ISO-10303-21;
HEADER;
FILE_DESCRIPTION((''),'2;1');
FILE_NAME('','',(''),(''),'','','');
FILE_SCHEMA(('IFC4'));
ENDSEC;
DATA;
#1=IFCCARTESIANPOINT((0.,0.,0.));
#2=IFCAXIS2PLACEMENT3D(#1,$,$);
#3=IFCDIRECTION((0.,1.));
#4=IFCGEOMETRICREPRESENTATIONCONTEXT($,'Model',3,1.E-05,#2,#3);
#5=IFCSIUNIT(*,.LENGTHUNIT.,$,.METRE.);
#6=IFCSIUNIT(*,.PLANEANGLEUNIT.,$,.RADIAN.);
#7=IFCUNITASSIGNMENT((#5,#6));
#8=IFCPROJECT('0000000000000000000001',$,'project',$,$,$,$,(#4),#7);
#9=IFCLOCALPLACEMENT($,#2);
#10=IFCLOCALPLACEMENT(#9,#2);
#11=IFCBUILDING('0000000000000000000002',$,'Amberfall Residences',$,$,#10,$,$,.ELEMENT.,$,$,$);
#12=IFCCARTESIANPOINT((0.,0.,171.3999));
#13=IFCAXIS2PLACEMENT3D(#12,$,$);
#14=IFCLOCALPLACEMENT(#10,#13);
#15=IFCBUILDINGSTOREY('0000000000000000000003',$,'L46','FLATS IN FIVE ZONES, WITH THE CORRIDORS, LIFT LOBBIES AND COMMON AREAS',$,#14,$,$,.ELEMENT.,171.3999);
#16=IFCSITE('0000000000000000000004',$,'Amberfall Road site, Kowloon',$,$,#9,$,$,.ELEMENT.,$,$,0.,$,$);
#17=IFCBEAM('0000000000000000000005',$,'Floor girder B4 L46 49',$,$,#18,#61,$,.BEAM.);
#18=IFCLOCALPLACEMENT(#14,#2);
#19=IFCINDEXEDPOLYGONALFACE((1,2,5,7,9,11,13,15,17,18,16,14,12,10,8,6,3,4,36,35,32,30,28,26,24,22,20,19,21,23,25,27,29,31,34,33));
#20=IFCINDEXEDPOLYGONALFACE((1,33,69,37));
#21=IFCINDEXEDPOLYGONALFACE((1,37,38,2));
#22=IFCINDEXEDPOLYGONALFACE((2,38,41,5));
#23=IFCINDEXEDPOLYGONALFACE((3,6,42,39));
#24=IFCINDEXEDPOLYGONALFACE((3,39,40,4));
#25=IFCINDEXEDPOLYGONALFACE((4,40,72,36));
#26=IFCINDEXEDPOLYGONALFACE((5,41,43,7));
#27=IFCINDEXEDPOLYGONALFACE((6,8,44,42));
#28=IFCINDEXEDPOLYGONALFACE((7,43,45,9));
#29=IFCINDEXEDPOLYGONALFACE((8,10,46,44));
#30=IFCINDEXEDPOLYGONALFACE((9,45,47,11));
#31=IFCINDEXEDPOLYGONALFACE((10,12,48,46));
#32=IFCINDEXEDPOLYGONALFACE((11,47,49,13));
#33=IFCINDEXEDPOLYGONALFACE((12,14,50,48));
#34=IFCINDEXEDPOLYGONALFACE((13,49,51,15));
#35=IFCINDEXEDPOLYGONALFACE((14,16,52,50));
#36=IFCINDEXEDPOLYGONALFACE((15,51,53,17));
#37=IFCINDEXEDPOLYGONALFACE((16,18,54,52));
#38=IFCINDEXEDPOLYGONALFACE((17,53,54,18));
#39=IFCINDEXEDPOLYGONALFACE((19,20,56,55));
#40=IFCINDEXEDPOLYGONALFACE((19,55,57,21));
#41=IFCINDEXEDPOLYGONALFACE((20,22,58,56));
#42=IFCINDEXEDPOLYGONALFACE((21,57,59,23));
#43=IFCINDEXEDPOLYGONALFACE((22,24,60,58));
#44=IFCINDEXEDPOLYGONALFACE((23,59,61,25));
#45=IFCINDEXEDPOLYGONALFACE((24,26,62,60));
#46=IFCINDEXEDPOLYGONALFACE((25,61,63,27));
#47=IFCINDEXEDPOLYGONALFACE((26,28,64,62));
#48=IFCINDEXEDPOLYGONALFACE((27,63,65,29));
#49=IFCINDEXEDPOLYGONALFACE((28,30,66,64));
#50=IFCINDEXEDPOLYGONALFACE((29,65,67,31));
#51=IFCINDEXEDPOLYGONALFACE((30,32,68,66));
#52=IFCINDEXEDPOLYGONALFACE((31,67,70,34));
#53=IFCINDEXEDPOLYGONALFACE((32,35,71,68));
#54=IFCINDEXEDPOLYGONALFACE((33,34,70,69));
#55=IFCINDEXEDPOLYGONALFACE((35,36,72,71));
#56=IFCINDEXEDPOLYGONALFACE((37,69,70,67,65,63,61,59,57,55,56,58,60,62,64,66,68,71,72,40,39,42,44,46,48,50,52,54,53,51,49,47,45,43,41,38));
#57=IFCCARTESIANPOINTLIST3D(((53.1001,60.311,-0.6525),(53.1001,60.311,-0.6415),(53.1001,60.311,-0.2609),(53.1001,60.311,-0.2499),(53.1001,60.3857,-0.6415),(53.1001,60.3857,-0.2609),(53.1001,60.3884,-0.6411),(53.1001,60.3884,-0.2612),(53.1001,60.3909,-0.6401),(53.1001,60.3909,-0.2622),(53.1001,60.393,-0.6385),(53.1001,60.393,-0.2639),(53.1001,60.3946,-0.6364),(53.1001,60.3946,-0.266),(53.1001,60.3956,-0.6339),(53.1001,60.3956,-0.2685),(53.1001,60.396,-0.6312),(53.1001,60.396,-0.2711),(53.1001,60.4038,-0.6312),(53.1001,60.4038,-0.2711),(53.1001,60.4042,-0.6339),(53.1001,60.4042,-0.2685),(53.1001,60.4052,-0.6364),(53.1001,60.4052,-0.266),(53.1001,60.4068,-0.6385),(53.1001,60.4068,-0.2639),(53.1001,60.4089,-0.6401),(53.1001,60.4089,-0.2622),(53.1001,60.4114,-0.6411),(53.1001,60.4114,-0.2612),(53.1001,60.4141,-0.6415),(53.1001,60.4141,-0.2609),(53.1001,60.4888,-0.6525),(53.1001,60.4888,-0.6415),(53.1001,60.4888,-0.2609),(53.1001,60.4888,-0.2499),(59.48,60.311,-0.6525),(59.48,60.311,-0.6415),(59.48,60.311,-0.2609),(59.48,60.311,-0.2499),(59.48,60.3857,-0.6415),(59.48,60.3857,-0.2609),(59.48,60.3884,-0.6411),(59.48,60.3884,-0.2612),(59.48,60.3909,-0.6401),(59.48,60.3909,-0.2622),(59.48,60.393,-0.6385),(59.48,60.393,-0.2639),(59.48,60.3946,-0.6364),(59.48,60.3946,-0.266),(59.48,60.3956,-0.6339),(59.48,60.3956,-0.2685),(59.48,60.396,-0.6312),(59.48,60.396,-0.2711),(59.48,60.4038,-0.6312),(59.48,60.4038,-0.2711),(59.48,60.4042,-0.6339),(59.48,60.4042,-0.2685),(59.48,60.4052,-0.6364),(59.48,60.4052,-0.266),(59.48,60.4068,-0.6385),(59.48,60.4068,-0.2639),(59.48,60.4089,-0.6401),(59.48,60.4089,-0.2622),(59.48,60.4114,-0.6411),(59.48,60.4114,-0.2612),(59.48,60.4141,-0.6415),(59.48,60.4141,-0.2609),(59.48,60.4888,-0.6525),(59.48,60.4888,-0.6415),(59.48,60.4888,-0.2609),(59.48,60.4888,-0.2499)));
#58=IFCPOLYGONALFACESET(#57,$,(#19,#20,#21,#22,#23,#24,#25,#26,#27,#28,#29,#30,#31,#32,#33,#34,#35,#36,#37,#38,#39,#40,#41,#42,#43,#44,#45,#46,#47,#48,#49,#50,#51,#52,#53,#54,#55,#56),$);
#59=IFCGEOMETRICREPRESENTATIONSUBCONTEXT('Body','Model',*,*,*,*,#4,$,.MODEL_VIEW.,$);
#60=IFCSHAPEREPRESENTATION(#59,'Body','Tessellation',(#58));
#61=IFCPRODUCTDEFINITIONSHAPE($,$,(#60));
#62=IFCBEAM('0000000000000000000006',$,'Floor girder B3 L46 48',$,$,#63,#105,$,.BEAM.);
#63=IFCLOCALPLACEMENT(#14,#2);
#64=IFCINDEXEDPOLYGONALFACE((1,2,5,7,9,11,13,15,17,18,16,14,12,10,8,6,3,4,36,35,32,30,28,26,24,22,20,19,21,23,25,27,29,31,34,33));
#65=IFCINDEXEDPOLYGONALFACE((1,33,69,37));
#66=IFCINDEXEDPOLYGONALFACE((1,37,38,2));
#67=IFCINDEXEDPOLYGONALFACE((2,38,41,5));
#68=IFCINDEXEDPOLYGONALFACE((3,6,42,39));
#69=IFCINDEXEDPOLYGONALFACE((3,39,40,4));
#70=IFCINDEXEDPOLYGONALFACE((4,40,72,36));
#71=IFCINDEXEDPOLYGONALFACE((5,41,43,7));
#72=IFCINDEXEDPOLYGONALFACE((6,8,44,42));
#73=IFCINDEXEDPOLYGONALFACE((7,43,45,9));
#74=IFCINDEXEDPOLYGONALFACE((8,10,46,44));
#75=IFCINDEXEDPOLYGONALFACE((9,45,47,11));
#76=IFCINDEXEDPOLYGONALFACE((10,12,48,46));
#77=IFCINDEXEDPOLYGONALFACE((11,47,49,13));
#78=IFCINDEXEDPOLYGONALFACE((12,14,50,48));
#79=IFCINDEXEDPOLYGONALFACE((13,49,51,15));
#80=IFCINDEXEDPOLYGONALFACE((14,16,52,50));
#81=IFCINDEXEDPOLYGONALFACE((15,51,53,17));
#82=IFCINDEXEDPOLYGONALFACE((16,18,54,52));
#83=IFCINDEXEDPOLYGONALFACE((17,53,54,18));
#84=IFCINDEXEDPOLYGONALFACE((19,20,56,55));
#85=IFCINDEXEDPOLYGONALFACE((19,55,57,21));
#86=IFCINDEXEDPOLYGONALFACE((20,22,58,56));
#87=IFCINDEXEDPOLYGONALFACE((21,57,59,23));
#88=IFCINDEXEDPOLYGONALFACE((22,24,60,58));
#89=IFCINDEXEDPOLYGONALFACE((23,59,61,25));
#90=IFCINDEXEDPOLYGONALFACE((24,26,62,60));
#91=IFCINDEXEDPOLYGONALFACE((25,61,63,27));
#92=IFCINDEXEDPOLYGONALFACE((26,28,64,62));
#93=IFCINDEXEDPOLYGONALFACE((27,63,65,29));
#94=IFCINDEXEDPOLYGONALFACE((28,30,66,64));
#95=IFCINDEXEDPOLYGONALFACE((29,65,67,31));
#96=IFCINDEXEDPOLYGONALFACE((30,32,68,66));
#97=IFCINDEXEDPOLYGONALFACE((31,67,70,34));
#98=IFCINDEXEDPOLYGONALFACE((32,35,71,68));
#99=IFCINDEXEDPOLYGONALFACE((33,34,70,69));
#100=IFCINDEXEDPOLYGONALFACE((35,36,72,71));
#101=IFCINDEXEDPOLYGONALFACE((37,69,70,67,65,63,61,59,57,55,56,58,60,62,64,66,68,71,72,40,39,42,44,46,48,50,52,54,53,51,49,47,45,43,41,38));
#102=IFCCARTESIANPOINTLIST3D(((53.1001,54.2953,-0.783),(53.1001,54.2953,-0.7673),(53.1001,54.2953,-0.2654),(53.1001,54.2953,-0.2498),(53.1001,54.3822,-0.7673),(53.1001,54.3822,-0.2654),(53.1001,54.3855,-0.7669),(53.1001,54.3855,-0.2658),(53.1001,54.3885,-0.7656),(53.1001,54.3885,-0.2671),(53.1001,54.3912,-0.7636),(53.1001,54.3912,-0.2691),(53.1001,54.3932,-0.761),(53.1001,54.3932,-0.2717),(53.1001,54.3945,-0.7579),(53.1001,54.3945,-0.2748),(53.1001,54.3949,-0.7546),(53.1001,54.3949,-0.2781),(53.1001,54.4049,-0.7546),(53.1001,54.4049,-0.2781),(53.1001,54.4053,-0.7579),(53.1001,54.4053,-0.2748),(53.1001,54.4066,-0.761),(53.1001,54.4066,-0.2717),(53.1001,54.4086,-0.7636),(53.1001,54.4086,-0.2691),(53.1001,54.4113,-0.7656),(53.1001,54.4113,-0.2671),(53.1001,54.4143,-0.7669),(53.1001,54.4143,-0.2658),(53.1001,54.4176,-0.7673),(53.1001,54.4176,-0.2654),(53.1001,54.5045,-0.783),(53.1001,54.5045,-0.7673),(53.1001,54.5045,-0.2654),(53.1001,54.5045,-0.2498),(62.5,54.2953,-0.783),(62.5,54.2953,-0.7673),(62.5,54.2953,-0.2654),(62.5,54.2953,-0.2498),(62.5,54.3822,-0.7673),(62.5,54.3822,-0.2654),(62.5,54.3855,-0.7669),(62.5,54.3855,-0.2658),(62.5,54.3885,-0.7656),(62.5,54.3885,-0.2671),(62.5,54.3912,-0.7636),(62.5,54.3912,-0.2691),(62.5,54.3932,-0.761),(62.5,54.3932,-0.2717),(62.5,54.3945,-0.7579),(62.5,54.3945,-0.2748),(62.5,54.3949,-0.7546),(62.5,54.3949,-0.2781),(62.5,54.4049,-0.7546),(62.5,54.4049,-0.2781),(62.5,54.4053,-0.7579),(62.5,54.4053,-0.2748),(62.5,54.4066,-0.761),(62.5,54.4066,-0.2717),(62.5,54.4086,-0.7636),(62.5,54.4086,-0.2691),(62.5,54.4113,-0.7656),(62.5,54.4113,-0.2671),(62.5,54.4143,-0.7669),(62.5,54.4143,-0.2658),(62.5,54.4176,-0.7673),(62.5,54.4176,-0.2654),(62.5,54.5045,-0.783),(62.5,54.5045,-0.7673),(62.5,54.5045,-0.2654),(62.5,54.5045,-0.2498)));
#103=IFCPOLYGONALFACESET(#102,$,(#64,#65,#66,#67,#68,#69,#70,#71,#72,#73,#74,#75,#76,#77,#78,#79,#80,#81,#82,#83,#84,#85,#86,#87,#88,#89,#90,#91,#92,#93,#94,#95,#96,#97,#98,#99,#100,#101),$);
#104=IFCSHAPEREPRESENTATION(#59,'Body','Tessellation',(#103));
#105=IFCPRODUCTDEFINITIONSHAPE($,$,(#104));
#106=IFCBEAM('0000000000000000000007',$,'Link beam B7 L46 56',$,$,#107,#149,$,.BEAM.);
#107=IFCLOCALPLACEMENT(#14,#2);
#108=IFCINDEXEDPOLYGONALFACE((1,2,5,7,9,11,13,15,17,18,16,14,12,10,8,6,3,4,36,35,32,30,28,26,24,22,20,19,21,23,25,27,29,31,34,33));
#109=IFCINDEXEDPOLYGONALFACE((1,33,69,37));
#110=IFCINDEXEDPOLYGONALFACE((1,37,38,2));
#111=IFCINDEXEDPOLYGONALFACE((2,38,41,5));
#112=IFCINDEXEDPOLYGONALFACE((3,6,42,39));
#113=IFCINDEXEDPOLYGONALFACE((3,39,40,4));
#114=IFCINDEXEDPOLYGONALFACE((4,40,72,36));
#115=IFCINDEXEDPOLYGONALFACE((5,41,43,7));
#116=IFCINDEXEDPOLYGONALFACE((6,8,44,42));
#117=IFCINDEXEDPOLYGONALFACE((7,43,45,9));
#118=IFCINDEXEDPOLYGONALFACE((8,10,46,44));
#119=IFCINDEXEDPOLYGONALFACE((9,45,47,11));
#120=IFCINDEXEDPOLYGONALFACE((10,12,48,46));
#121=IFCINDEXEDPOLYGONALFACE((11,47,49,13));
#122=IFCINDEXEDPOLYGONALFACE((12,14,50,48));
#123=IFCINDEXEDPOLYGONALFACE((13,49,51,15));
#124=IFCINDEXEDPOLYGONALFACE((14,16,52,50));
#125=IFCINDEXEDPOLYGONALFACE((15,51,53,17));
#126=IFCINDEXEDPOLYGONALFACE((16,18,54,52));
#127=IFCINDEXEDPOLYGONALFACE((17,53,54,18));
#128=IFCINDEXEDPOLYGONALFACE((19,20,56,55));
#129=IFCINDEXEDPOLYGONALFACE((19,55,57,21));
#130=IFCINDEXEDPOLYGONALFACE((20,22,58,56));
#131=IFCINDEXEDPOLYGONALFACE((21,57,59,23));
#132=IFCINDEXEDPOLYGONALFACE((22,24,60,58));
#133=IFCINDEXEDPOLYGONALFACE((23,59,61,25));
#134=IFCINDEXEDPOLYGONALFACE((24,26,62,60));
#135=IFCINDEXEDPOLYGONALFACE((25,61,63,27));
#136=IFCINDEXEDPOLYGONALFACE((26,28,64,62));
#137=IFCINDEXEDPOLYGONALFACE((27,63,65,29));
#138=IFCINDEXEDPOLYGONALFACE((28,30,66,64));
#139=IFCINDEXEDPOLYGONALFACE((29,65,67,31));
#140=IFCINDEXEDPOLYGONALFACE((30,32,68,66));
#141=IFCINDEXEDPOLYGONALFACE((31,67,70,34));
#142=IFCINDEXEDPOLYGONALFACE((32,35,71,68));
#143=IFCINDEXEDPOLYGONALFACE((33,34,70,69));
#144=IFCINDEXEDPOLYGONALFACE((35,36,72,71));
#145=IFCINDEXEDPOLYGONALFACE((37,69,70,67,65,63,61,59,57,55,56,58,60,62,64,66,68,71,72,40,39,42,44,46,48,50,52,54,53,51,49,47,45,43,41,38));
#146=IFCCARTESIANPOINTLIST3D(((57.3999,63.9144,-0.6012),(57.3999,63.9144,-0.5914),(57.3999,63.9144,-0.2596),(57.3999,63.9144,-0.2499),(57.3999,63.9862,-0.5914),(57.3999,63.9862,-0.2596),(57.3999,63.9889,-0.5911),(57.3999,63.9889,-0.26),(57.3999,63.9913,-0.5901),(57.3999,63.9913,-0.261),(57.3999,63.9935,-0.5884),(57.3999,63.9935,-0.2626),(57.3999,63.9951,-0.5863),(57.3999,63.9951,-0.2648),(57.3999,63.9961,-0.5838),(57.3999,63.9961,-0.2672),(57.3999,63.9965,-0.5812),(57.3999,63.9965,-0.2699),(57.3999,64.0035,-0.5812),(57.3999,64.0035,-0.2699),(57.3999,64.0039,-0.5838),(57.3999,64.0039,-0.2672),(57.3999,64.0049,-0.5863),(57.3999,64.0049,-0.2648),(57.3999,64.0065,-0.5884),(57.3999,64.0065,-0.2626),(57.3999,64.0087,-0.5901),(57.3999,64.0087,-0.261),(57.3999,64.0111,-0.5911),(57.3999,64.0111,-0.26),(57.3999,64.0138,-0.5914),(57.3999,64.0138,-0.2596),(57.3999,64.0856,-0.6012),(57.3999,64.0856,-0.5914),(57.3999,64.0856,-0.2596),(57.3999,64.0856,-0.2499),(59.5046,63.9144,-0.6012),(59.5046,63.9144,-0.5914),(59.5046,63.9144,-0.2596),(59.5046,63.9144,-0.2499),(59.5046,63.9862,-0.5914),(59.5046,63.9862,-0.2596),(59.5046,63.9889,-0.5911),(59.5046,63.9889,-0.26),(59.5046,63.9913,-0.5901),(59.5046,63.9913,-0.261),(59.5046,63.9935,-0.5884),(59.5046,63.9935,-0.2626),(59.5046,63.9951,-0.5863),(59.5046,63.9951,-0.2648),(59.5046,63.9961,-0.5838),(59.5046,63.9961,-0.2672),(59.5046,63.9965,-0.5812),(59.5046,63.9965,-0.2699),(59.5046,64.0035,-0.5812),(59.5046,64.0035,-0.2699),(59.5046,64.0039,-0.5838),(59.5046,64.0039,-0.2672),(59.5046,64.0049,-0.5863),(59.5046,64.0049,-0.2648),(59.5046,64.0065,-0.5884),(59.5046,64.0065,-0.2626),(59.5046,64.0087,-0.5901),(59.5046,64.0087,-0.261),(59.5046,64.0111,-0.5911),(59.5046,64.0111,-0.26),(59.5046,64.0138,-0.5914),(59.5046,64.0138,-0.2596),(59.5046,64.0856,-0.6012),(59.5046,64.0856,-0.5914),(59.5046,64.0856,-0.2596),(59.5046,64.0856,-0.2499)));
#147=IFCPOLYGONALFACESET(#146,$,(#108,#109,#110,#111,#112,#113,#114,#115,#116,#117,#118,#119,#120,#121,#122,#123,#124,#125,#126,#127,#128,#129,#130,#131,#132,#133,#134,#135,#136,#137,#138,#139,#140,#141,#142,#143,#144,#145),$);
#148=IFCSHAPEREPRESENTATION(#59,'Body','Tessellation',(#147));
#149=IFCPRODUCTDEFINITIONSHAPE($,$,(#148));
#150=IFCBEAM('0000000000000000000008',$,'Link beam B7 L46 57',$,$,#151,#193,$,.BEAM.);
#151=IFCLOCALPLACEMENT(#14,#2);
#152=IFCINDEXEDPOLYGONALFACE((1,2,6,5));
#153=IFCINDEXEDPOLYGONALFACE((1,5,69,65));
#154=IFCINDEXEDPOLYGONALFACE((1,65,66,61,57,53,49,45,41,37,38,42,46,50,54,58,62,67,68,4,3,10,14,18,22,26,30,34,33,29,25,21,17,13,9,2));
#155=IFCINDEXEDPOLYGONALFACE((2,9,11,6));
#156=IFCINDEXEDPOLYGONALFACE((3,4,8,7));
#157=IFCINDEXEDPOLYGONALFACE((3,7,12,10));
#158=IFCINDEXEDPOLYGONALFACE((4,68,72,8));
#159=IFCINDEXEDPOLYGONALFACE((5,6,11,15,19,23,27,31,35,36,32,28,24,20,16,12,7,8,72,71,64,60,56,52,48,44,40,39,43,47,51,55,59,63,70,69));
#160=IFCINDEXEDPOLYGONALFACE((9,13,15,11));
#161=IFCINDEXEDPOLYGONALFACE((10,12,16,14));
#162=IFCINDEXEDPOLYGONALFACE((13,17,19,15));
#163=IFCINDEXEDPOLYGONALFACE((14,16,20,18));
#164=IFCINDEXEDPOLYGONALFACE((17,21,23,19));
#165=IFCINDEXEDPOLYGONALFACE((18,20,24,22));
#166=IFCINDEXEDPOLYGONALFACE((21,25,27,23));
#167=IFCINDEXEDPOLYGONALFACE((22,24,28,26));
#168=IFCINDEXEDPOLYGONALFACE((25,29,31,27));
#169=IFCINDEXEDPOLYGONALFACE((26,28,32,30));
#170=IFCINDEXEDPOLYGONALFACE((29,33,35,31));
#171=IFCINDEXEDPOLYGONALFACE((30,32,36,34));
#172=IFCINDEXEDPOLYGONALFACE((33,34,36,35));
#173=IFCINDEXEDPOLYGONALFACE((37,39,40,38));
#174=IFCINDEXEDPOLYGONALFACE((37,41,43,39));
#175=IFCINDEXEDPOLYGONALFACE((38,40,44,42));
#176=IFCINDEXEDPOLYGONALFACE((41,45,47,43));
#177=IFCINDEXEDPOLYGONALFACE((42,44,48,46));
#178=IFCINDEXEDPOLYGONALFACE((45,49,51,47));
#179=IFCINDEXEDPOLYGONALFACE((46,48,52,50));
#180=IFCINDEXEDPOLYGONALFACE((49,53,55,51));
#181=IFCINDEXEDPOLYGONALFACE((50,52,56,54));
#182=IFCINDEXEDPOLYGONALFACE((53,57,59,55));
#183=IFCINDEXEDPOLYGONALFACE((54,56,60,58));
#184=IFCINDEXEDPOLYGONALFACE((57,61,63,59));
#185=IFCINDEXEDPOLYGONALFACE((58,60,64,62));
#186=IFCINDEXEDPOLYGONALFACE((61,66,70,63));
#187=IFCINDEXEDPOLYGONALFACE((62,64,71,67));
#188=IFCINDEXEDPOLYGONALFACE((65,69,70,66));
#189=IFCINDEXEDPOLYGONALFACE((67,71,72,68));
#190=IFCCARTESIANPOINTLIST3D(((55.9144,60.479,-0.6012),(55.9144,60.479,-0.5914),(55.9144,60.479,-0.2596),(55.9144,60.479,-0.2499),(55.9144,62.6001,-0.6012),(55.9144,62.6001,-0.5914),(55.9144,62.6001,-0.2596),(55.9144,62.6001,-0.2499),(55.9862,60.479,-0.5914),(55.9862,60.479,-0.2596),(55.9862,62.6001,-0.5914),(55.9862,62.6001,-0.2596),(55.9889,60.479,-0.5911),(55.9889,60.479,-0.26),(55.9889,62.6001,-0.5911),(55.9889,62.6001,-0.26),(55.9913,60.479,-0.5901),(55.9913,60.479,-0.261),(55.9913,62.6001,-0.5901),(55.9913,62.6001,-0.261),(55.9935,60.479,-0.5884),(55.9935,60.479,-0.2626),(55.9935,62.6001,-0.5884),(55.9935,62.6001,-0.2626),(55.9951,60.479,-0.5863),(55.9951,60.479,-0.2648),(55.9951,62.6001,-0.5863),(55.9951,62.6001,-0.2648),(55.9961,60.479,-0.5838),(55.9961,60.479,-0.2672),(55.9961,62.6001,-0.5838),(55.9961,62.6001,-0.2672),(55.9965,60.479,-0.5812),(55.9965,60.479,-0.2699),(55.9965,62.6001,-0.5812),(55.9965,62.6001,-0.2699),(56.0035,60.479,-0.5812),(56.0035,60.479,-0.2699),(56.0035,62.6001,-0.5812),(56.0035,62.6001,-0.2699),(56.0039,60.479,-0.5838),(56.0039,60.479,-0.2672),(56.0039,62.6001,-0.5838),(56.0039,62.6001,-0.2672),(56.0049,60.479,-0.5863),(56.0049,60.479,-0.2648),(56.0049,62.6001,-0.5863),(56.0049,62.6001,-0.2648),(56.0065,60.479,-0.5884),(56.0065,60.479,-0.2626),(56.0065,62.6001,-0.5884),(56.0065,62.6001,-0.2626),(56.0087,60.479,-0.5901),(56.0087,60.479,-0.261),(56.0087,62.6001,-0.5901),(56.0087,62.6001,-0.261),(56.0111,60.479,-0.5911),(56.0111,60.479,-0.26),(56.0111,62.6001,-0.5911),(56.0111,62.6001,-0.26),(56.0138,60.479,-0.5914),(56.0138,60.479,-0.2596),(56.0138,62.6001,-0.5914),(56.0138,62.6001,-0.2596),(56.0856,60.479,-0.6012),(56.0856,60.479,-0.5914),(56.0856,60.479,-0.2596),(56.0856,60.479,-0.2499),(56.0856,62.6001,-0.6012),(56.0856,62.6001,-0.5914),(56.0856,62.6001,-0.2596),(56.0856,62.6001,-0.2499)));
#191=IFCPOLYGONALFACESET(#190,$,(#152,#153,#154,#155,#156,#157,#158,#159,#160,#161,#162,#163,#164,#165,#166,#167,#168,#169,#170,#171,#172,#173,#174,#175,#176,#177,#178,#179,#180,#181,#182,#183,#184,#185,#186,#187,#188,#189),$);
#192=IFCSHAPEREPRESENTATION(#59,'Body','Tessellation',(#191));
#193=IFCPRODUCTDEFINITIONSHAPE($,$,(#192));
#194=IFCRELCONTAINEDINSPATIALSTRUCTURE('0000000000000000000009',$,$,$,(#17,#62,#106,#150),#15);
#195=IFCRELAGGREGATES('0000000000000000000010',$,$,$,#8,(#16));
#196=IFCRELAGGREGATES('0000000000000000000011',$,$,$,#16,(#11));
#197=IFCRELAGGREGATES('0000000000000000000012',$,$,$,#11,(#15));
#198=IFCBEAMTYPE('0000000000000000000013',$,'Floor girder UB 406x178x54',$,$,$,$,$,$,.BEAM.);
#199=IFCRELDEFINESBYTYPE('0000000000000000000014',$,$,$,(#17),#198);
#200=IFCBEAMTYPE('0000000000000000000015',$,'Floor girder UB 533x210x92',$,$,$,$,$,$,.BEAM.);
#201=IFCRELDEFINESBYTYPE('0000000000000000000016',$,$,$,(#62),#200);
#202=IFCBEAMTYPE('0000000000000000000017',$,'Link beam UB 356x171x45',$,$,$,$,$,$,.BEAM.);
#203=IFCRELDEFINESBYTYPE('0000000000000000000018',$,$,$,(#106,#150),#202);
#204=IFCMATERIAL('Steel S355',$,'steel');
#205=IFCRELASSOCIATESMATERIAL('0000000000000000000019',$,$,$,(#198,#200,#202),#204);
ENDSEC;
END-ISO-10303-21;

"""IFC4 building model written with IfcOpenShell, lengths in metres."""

from ifc_helpers import new_model, si_unit, direction, frame, origin, origin_2d, place, context, subcontext, project, spatial, i_section, extrude, material, material_profile, profile_set, type_object, element, save


model = new_model("IFC4")

# Units and contexts
model_context = context("Model", 3, precision=1e-05, world=origin(), true_north=direction((0.0, 1.0)))
body_context = subcontext(model_context, "Body", "Model", "MODEL_VIEW")
ifc_project = project(units=[si_unit("LENGTHUNIT", "METRE"), si_unit("PLANEANGLEUNIT", "RADIAN")], contexts=[model_context])

# Site, building, storey
site_placement = place(None, origin())
site = spatial("IfcSite", under=ifc_project, at=site_placement, Name="Amberfall Road site, Kowloon", CompositionType="ELEMENT", RefElevation=0.0)
building_placement = place(site_placement, origin())
building = spatial("IfcBuilding", under=site, at=building_placement, Name="Amberfall Residences", CompositionType="ELEMENT")
storey_placement = place(building_placement, frame((0.0, 0.0, 171.3999)))
storey = spatial("IfcBuildingStorey", under=building, at=storey_placement, Name="L46", Description="FLATS IN FIVE ZONES, WITH THE CORRIDORS, LIFT LOBBIES AND COMMON AREAS", CompositionType="ELEMENT", Elevation=171.3999)

# Shared definitions
ifc_material_1 = material(Name="Steel S355", Category="steel")

# Beams
ifc_material_profile_1 = material_profile(ifc_material_1, i_section(OverallWidth=0.1777, OverallDepth=0.4026, WebThickness=0.0078, FlangeThickness=0.011, FilletRadius=0.0103, at=origin_2d()), Name="UB 406x178x54")
ifc_profile_set_1 = profile_set([ifc_material_profile_1], Name="Steel S355")
beam_type_1 = type_object("IfcBeamType", Name="Floor girder UB 406x178x54", PredefinedType="BEAM", material=ifc_profile_set_1)
beam_1_placement = place(storey_placement, frame((53.1001, 60.3999, -0.4512), z_axis=(1.0, 0.0, 0.0), x_axis=(0.0, 1.0, 0.0)))
element("IfcBeam", 1, at=beam_1_placement, inside=storey, type_object=beam_type_1, Name="Floor girder B4 L46 49", PredefinedType="BEAM", context=body_context, shape_type="SweptSolid", body=[
    extrude(i_section(OverallWidth=0.1777, OverallDepth=0.4026, WebThickness=0.0078, FlangeThickness=0.011, FilletRadius=0.0103, at=origin_2d()), origin(), (0.0, 0.0, 1.0), 6.3799),
])
ifc_material_profile_2 = material_profile(ifc_material_1, i_section(OverallWidth=0.2092, OverallDepth=0.5332, WebThickness=0.01, FlangeThickness=0.0156, FilletRadius=0.0127, at=origin_2d()), Name="UB 533x210x92")
ifc_profile_set_2 = profile_set([ifc_material_profile_2], Name="Steel S355")
beam_type_2 = type_object("IfcBeamType", Name="Floor girder UB 533x210x92", PredefinedType="BEAM", material=ifc_profile_set_2)
beam_2_placement = place(storey_placement, frame((53.1001, 54.3999, -0.5164), z_axis=(1.0, 0.0, 0.0), x_axis=(0.0, 1.0, 0.0)))
element("IfcBeam", 2, at=beam_2_placement, inside=storey, type_object=beam_type_2, Name="Floor girder B3 L46 48", PredefinedType="BEAM", context=body_context, shape_type="SweptSolid", body=[
    extrude(i_section(OverallWidth=0.2092, OverallDepth=0.5332, WebThickness=0.01, FlangeThickness=0.0156, FilletRadius=0.0127, at=origin_2d()), origin(), (0.0, 0.0, 1.0), 9.3999),
])
ifc_material_profile_3 = material_profile(ifc_material_1, i_section(OverallWidth=0.1711, OverallDepth=0.3513, WebThickness=0.0071, FlangeThickness=0.0098, FilletRadius=0.0103, at=origin_2d()), Name="UB 356x171x45")
ifc_profile_set_3 = profile_set([ifc_material_profile_3], Name="Steel S355")
beam_type_3 = type_object("IfcBeamType", Name="Link beam UB 356x171x45", PredefinedType="BEAM", material=ifc_profile_set_3)
beam_3_placement = place(storey_placement, frame((57.3999, 64.0, -0.4255), z_axis=(1.0, 0.0, 0.0), x_axis=(0.0, 1.0, 0.0)))
element("IfcBeam", 3, at=beam_3_placement, inside=storey, type_object=beam_type_3, Name="Link beam B7 L46 56", PredefinedType="BEAM", context=body_context, shape_type="SweptSolid", body=[
    extrude(i_section(OverallWidth=0.1711, OverallDepth=0.3513, WebThickness=0.0071, FlangeThickness=0.0098, FilletRadius=0.0103, at=origin_2d()), origin(), (0.0, 0.0, 1.0), 2.1047),
])
beam_4_placement = place(storey_placement, frame((56.0, 62.6001, -0.4255), z_axis=(0.0, -1.0, 0.0), x_axis=(1.0, 0.0, 0.0)))
element("IfcBeam", 4, at=beam_4_placement, inside=storey, type_object=beam_type_3, Name="Link beam B7 L46 57", PredefinedType="BEAM", context=body_context, shape_type="SweptSolid", body=[
    extrude(i_section(OverallWidth=0.1711, OverallDepth=0.3513, WebThickness=0.0071, FlangeThickness=0.0098, FilletRadius=0.0103, at=origin_2d()), origin(), (0.0, 0.0, 1.0), 2.1211),
])

save(model, "model.ifc")
